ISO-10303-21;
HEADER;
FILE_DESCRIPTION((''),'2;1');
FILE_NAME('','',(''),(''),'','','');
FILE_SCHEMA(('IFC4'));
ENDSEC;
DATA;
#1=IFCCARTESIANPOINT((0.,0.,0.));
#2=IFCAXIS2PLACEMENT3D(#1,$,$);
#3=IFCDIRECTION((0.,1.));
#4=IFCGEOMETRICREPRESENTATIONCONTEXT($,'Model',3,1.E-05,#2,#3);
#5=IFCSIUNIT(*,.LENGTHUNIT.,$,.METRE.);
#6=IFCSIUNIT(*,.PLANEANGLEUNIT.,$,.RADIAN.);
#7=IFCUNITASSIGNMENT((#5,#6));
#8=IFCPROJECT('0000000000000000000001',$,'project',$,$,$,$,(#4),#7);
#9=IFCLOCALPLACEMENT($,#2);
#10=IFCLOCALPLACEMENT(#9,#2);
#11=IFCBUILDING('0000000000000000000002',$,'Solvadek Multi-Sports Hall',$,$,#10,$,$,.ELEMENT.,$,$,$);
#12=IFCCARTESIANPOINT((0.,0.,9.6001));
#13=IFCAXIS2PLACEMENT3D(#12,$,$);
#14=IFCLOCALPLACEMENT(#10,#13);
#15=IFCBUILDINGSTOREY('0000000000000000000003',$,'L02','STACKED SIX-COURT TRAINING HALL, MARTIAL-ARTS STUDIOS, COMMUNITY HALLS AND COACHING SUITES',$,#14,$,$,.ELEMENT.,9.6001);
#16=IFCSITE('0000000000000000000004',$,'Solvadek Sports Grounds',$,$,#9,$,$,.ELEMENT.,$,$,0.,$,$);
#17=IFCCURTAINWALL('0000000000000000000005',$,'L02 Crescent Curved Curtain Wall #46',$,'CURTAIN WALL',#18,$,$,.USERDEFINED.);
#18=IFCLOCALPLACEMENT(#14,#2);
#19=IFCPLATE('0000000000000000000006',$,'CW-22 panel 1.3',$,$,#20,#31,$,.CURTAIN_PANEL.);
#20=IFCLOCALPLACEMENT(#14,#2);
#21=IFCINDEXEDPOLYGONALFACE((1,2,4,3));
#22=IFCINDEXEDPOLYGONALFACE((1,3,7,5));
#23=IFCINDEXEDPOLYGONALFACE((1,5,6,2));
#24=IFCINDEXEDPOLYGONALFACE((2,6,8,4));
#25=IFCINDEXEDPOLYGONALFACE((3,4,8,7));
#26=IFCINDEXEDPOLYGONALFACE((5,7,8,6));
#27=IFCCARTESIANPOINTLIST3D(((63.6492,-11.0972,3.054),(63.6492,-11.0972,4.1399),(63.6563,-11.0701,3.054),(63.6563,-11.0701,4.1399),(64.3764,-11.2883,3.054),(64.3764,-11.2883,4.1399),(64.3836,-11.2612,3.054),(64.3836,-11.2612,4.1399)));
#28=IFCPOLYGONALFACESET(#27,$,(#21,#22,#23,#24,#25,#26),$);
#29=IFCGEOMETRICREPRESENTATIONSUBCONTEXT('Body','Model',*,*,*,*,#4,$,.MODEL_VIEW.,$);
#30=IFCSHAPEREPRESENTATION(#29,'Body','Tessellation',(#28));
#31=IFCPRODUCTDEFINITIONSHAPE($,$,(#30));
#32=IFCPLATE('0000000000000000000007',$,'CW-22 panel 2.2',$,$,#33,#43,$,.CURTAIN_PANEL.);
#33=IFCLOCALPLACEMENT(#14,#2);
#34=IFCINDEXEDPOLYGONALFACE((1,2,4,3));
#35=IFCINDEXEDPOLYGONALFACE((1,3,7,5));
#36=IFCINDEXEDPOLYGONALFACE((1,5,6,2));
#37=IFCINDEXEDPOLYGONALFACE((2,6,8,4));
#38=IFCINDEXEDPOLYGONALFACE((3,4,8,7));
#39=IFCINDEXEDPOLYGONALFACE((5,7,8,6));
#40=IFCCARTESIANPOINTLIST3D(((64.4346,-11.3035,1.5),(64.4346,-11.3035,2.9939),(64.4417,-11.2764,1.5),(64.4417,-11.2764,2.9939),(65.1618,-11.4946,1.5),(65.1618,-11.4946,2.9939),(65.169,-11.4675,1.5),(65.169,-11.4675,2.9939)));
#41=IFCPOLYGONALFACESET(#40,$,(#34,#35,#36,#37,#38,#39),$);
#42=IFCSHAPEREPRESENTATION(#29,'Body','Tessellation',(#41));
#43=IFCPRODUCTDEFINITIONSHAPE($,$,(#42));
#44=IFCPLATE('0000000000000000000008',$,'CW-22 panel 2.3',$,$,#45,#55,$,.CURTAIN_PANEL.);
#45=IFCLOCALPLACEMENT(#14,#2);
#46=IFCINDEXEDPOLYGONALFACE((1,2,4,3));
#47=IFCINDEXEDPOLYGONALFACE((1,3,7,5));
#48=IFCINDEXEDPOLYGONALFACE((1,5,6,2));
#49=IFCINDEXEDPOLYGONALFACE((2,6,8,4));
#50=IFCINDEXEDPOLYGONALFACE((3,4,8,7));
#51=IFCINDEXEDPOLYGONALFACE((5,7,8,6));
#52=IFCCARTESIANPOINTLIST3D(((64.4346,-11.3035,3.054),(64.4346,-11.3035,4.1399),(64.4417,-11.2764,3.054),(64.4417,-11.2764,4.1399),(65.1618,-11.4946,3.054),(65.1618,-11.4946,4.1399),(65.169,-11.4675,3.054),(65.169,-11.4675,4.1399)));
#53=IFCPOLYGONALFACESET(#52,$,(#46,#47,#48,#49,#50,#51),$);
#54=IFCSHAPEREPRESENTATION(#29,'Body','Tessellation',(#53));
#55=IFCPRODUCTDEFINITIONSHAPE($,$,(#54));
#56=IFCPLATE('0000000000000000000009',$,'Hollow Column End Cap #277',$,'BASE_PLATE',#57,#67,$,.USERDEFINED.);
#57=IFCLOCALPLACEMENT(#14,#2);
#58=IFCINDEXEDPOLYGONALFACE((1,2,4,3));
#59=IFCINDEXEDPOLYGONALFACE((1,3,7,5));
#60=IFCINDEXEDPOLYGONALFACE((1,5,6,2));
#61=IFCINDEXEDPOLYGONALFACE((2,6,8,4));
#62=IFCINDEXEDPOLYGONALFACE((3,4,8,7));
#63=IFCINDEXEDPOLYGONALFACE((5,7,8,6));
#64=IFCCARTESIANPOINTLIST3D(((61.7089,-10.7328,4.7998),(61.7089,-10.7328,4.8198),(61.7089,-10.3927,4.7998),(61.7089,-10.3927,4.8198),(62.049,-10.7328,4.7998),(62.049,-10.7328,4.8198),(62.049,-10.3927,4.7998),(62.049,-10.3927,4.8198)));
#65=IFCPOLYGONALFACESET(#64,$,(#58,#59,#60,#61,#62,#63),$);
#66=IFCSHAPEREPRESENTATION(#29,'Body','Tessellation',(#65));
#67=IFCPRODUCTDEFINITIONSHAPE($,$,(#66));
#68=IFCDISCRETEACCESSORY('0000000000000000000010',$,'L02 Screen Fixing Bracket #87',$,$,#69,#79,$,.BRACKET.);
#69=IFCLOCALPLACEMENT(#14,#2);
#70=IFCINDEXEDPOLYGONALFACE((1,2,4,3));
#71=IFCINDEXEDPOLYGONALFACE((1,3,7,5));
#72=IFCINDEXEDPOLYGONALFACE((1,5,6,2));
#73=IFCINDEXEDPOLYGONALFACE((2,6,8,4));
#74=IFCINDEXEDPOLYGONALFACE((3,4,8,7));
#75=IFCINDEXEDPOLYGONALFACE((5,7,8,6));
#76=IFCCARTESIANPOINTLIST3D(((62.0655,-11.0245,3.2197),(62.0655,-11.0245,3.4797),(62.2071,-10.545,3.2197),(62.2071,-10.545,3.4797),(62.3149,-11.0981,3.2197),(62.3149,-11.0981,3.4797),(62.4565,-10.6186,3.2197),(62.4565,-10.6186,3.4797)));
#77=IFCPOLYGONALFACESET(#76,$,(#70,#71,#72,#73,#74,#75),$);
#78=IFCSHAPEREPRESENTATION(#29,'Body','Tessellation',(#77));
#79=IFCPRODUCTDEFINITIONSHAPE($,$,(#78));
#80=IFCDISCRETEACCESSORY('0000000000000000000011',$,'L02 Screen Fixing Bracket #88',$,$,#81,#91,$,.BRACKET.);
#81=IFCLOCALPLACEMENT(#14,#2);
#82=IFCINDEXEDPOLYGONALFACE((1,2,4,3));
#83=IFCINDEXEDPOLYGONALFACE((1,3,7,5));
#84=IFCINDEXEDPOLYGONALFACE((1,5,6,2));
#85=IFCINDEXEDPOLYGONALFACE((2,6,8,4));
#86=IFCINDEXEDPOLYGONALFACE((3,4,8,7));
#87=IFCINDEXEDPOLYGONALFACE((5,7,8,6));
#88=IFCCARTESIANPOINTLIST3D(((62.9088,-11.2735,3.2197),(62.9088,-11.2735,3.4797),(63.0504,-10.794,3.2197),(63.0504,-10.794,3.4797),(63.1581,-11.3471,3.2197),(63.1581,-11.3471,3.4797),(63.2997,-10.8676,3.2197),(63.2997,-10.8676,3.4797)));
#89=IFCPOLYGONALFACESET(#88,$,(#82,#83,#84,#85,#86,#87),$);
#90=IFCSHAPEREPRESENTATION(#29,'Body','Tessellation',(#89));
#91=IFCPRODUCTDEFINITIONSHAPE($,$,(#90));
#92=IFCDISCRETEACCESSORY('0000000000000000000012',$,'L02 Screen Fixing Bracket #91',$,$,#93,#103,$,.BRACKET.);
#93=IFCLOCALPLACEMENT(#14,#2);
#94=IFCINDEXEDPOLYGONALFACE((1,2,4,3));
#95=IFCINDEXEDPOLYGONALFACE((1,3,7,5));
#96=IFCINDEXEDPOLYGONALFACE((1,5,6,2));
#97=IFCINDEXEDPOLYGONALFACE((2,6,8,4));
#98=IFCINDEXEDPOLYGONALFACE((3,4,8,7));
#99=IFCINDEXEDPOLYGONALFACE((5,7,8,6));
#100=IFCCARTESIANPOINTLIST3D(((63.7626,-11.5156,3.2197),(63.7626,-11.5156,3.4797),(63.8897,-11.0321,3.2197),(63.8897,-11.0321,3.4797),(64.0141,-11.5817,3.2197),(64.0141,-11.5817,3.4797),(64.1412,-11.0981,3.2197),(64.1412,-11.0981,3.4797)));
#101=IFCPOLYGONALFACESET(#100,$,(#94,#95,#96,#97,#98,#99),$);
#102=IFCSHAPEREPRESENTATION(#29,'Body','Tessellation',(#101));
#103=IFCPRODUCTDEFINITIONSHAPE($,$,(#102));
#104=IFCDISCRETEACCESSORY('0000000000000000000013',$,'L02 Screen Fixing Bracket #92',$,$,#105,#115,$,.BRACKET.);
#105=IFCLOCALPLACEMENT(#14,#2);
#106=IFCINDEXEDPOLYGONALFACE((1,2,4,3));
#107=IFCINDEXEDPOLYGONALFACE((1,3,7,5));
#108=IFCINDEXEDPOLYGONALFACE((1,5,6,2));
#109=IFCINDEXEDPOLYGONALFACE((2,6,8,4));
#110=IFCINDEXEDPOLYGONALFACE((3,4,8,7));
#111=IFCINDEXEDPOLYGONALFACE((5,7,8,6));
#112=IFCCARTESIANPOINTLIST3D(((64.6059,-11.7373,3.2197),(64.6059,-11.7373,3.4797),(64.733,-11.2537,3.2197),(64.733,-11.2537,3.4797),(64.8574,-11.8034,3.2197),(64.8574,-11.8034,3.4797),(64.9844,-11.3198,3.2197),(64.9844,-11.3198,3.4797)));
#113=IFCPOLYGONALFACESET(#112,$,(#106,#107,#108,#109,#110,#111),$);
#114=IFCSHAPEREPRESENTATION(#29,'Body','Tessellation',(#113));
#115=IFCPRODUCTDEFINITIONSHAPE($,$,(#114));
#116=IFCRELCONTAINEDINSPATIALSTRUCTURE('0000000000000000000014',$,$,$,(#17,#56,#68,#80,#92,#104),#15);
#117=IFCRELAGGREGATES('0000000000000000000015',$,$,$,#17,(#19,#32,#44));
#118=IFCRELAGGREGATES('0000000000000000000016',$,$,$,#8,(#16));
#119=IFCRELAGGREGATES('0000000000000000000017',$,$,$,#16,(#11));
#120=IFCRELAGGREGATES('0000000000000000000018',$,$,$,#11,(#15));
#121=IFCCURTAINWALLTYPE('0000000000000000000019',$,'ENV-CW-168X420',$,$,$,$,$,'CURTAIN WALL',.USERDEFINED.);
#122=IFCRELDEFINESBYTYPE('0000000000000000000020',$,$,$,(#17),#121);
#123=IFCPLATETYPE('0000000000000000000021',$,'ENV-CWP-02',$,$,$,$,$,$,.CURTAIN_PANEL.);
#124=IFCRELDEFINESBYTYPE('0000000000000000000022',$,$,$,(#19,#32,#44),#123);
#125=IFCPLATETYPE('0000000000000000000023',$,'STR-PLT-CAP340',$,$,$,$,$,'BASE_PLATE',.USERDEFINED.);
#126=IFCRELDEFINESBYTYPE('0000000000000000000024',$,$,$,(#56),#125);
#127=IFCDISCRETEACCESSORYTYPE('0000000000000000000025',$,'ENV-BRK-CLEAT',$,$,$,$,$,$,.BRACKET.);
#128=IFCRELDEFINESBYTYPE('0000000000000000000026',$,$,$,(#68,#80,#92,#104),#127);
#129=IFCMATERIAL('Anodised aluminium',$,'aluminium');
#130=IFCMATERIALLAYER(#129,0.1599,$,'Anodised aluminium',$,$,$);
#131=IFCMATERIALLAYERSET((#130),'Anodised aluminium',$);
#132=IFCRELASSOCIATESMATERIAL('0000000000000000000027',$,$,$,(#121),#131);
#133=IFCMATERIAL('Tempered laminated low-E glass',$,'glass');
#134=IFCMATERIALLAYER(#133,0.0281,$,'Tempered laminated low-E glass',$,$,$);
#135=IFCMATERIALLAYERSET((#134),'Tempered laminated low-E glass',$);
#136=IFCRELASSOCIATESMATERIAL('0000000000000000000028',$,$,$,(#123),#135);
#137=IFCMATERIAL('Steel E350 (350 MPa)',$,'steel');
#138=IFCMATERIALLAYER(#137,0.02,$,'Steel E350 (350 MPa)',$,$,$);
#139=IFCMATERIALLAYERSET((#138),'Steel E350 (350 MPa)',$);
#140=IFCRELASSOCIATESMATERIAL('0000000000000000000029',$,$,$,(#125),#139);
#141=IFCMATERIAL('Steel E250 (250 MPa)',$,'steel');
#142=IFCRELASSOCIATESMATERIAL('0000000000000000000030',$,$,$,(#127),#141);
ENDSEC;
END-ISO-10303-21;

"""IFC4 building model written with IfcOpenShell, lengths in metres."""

from ifc_helpers import new_model, si_unit, direction, frame, origin, origin_2d, place, context, subcontext, project, spatial, rectangle, extrude, material, layer, layer_set, type_object, element, aggregate, save


model = new_model("IFC4")

# Units and contexts
model_context = context("Model", 3, precision=1e-05, world=origin(), true_north=direction((0.0, 1.0)))
body_context = subcontext(model_context, "Body", "Model", "MODEL_VIEW")
ifc_project = project(units=[si_unit("LENGTHUNIT", "METRE"), si_unit("PLANEANGLEUNIT", "RADIAN")], contexts=[model_context])

# Site, building, storey
site_placement = place(None, origin())
site = spatial("IfcSite", under=ifc_project, at=site_placement, Name="Solvadek Sports Grounds", CompositionType="ELEMENT", RefElevation=0.0)
building_placement = place(site_placement, origin())
building = spatial("IfcBuilding", under=site, at=building_placement, Name="Solvadek Multi-Sports Hall", CompositionType="ELEMENT")
storey_placement = place(building_placement, frame((0.0, 0.0, 9.6001)))
storey = spatial("IfcBuildingStorey", under=building, at=storey_placement, Name="L02", Description="STACKED SIX-COURT TRAINING HALL, MARTIAL-ARTS STUDIOS, COMMUNITY HALLS AND COACHING SUITES", CompositionType="ELEMENT", Elevation=9.6001)

# Curtain wall
ifc_material_1 = material(Name="Anodised aluminium", Category="aluminium")
ifc_layer_1 = layer(ifc_material_1, 0.1599, Name="Anodised aluminium")
ifc_layer_set_1 = layer_set([ifc_layer_1], Name="Anodised aluminium")
curtain_wall_type_1 = type_object("IfcCurtainWallType", Name="ENV-CW-168X420", ElementType="CURTAIN WALL", PredefinedType="USERDEFINED", material=ifc_layer_set_1)
curtain_wall_1_placement = place(storey_placement, origin())
curtain_wall_1 = element("IfcCurtainWall", 1, at=curtain_wall_1_placement, inside=storey, type_object=curtain_wall_type_1, Name="L02 Crescent Curved Curtain Wall #46", ObjectType="CURTAIN WALL", PredefinedType="USERDEFINED")

# Shared definitions
ifc_material_2 = material(Name="Steel E350 (350 MPa)", Category="steel")

# Shared definitions
ifc_material_3 = material(Name="Steel E250 (250 MPa)", Category="steel")

# Plates
ifc_material_4 = material(Name="Tempered laminated low-E glass", Category="glass")
ifc_layer_2 = layer(ifc_material_4, 0.0281, Name="Tempered laminated low-E glass")
ifc_layer_set_2 = layer_set([ifc_layer_2], Name="Tempered laminated low-E glass")
plate_type_1 = type_object("IfcPlateType", Name="ENV-CWP-02", PredefinedType="CURTAIN_PANEL", material=ifc_layer_set_2)
plate_1_placement = place(storey_placement, frame((64.0164, -11.1792, 3.054), z_axis=(0.0, 0.0, 1.0), x_axis=(0.967167, -0.254143, 0.0)))
plate_1 = element("IfcPlate", 2, at=plate_1_placement, type_object=plate_type_1, Name="CW-22 panel 1.3", PredefinedType="CURTAIN_PANEL", context=body_context, shape_type="SweptSolid", body=[
    extrude(rectangle(XDim=0.752, YDim=0.0281, at=origin_2d()), origin(), (0.0, 0.0, 1.0), 1.0859),
])
plate_2_placement = place(storey_placement, frame((64.8018, -11.3855, 1.5), z_axis=(0.0, 0.0, 1.0), x_axis=(0.967167, -0.254143, 0.0)))
plate_2 = element("IfcPlate", 3, at=plate_2_placement, type_object=plate_type_1, Name="CW-22 panel 2.2", PredefinedType="CURTAIN_PANEL", context=body_context, shape_type="SweptSolid", body=[
    extrude(rectangle(XDim=0.752, YDim=0.0281, at=origin_2d()), origin(), (0.0, 0.0, 1.0), 1.4939),
])
plate_3_placement = place(storey_placement, frame((64.8018, -11.3855, 3.054), z_axis=(0.0, 0.0, 1.0), x_axis=(0.967167, -0.254143, 0.0)))
plate_3 = element("IfcPlate", 4, at=plate_3_placement, type_object=plate_type_1, Name="CW-22 panel 2.3", PredefinedType="CURTAIN_PANEL", context=body_context, shape_type="SweptSolid", body=[
    extrude(rectangle(XDim=0.752, YDim=0.0281, at=origin_2d()), origin(), (0.0, 0.0, 1.0), 1.0859),
])
aggregate(curtain_wall_1, [plate_1, plate_2, plate_3])
ifc_layer_3 = layer(ifc_material_2, 0.02, Name="Steel E350 (350 MPa)")
ifc_layer_set_3 = layer_set([ifc_layer_3], Name="Steel E350 (350 MPa)")
plate_type_2 = type_object("IfcPlateType", Name="STR-PLT-CAP340", ElementType="BASE_PLATE", PredefinedType="USERDEFINED", material=ifc_layer_set_3)
plate_4_placement = place(storey_placement, frame((61.8789, -10.5627, 4.7998), z_axis=(0.0, 0.0, 1.0), x_axis=(1.0, 0.0, 0.0)))
element("IfcPlate", 5, at=plate_4_placement, inside=storey, type_object=plate_type_2, Name="Hollow Column End Cap #277", ObjectType="BASE_PLATE", PredefinedType="USERDEFINED", context=body_context, shape_type="SweptSolid", body=[
    extrude(rectangle(XDim=0.3401, YDim=0.3401, at=origin_2d()), origin(), (0.0, 0.0, 1.0), 0.02),
])

# Discrete accessories
discrete_accessory_type = type_object("IfcDiscreteAccessoryType", Name="ENV-BRK-CLEAT", PredefinedType="BRACKET", material=ifc_material_3)
for number, where, z_axis, x_axis, name in (
    (6, (62.261, -10.8215, 3.2197), (0.0, 0.0, 1.0), (0.959064, -0.283188, 0.0), "L02 Screen Fixing Bracket #87"),
    (7, (63.1042, -11.0706, 3.2197), (0.0, 0.0, 1.0), (0.959064, -0.283188, 0.0), "L02 Screen Fixing Bracket #88"),
    (8, (63.9519, -11.3069, 3.2197), (0.0, 0.0, 1.0), (0.967173, -0.254121, 0.0), "L02 Screen Fixing Bracket #91"),
    (9, (64.7952, -11.5286, 3.2197), (0.0, 0.0, 1.0), (0.967173, -0.254121, 0.0), "L02 Screen Fixing Bracket #92"),
):
    element("IfcDiscreteAccessory", number, at=place(storey_placement, frame(where, z_axis=z_axis, x_axis=x_axis)), inside=storey, type_object=discrete_accessory_type, Name=name, PredefinedType="BRACKET", context=body_context, shape_type="SweptSolid", body=[
        extrude(rectangle(XDim=0.26, YDim=0.5, at=origin_2d()), origin(), (0.0, 0.0, 1.0), 0.26),
    ])

save(model, "model.ifc")
